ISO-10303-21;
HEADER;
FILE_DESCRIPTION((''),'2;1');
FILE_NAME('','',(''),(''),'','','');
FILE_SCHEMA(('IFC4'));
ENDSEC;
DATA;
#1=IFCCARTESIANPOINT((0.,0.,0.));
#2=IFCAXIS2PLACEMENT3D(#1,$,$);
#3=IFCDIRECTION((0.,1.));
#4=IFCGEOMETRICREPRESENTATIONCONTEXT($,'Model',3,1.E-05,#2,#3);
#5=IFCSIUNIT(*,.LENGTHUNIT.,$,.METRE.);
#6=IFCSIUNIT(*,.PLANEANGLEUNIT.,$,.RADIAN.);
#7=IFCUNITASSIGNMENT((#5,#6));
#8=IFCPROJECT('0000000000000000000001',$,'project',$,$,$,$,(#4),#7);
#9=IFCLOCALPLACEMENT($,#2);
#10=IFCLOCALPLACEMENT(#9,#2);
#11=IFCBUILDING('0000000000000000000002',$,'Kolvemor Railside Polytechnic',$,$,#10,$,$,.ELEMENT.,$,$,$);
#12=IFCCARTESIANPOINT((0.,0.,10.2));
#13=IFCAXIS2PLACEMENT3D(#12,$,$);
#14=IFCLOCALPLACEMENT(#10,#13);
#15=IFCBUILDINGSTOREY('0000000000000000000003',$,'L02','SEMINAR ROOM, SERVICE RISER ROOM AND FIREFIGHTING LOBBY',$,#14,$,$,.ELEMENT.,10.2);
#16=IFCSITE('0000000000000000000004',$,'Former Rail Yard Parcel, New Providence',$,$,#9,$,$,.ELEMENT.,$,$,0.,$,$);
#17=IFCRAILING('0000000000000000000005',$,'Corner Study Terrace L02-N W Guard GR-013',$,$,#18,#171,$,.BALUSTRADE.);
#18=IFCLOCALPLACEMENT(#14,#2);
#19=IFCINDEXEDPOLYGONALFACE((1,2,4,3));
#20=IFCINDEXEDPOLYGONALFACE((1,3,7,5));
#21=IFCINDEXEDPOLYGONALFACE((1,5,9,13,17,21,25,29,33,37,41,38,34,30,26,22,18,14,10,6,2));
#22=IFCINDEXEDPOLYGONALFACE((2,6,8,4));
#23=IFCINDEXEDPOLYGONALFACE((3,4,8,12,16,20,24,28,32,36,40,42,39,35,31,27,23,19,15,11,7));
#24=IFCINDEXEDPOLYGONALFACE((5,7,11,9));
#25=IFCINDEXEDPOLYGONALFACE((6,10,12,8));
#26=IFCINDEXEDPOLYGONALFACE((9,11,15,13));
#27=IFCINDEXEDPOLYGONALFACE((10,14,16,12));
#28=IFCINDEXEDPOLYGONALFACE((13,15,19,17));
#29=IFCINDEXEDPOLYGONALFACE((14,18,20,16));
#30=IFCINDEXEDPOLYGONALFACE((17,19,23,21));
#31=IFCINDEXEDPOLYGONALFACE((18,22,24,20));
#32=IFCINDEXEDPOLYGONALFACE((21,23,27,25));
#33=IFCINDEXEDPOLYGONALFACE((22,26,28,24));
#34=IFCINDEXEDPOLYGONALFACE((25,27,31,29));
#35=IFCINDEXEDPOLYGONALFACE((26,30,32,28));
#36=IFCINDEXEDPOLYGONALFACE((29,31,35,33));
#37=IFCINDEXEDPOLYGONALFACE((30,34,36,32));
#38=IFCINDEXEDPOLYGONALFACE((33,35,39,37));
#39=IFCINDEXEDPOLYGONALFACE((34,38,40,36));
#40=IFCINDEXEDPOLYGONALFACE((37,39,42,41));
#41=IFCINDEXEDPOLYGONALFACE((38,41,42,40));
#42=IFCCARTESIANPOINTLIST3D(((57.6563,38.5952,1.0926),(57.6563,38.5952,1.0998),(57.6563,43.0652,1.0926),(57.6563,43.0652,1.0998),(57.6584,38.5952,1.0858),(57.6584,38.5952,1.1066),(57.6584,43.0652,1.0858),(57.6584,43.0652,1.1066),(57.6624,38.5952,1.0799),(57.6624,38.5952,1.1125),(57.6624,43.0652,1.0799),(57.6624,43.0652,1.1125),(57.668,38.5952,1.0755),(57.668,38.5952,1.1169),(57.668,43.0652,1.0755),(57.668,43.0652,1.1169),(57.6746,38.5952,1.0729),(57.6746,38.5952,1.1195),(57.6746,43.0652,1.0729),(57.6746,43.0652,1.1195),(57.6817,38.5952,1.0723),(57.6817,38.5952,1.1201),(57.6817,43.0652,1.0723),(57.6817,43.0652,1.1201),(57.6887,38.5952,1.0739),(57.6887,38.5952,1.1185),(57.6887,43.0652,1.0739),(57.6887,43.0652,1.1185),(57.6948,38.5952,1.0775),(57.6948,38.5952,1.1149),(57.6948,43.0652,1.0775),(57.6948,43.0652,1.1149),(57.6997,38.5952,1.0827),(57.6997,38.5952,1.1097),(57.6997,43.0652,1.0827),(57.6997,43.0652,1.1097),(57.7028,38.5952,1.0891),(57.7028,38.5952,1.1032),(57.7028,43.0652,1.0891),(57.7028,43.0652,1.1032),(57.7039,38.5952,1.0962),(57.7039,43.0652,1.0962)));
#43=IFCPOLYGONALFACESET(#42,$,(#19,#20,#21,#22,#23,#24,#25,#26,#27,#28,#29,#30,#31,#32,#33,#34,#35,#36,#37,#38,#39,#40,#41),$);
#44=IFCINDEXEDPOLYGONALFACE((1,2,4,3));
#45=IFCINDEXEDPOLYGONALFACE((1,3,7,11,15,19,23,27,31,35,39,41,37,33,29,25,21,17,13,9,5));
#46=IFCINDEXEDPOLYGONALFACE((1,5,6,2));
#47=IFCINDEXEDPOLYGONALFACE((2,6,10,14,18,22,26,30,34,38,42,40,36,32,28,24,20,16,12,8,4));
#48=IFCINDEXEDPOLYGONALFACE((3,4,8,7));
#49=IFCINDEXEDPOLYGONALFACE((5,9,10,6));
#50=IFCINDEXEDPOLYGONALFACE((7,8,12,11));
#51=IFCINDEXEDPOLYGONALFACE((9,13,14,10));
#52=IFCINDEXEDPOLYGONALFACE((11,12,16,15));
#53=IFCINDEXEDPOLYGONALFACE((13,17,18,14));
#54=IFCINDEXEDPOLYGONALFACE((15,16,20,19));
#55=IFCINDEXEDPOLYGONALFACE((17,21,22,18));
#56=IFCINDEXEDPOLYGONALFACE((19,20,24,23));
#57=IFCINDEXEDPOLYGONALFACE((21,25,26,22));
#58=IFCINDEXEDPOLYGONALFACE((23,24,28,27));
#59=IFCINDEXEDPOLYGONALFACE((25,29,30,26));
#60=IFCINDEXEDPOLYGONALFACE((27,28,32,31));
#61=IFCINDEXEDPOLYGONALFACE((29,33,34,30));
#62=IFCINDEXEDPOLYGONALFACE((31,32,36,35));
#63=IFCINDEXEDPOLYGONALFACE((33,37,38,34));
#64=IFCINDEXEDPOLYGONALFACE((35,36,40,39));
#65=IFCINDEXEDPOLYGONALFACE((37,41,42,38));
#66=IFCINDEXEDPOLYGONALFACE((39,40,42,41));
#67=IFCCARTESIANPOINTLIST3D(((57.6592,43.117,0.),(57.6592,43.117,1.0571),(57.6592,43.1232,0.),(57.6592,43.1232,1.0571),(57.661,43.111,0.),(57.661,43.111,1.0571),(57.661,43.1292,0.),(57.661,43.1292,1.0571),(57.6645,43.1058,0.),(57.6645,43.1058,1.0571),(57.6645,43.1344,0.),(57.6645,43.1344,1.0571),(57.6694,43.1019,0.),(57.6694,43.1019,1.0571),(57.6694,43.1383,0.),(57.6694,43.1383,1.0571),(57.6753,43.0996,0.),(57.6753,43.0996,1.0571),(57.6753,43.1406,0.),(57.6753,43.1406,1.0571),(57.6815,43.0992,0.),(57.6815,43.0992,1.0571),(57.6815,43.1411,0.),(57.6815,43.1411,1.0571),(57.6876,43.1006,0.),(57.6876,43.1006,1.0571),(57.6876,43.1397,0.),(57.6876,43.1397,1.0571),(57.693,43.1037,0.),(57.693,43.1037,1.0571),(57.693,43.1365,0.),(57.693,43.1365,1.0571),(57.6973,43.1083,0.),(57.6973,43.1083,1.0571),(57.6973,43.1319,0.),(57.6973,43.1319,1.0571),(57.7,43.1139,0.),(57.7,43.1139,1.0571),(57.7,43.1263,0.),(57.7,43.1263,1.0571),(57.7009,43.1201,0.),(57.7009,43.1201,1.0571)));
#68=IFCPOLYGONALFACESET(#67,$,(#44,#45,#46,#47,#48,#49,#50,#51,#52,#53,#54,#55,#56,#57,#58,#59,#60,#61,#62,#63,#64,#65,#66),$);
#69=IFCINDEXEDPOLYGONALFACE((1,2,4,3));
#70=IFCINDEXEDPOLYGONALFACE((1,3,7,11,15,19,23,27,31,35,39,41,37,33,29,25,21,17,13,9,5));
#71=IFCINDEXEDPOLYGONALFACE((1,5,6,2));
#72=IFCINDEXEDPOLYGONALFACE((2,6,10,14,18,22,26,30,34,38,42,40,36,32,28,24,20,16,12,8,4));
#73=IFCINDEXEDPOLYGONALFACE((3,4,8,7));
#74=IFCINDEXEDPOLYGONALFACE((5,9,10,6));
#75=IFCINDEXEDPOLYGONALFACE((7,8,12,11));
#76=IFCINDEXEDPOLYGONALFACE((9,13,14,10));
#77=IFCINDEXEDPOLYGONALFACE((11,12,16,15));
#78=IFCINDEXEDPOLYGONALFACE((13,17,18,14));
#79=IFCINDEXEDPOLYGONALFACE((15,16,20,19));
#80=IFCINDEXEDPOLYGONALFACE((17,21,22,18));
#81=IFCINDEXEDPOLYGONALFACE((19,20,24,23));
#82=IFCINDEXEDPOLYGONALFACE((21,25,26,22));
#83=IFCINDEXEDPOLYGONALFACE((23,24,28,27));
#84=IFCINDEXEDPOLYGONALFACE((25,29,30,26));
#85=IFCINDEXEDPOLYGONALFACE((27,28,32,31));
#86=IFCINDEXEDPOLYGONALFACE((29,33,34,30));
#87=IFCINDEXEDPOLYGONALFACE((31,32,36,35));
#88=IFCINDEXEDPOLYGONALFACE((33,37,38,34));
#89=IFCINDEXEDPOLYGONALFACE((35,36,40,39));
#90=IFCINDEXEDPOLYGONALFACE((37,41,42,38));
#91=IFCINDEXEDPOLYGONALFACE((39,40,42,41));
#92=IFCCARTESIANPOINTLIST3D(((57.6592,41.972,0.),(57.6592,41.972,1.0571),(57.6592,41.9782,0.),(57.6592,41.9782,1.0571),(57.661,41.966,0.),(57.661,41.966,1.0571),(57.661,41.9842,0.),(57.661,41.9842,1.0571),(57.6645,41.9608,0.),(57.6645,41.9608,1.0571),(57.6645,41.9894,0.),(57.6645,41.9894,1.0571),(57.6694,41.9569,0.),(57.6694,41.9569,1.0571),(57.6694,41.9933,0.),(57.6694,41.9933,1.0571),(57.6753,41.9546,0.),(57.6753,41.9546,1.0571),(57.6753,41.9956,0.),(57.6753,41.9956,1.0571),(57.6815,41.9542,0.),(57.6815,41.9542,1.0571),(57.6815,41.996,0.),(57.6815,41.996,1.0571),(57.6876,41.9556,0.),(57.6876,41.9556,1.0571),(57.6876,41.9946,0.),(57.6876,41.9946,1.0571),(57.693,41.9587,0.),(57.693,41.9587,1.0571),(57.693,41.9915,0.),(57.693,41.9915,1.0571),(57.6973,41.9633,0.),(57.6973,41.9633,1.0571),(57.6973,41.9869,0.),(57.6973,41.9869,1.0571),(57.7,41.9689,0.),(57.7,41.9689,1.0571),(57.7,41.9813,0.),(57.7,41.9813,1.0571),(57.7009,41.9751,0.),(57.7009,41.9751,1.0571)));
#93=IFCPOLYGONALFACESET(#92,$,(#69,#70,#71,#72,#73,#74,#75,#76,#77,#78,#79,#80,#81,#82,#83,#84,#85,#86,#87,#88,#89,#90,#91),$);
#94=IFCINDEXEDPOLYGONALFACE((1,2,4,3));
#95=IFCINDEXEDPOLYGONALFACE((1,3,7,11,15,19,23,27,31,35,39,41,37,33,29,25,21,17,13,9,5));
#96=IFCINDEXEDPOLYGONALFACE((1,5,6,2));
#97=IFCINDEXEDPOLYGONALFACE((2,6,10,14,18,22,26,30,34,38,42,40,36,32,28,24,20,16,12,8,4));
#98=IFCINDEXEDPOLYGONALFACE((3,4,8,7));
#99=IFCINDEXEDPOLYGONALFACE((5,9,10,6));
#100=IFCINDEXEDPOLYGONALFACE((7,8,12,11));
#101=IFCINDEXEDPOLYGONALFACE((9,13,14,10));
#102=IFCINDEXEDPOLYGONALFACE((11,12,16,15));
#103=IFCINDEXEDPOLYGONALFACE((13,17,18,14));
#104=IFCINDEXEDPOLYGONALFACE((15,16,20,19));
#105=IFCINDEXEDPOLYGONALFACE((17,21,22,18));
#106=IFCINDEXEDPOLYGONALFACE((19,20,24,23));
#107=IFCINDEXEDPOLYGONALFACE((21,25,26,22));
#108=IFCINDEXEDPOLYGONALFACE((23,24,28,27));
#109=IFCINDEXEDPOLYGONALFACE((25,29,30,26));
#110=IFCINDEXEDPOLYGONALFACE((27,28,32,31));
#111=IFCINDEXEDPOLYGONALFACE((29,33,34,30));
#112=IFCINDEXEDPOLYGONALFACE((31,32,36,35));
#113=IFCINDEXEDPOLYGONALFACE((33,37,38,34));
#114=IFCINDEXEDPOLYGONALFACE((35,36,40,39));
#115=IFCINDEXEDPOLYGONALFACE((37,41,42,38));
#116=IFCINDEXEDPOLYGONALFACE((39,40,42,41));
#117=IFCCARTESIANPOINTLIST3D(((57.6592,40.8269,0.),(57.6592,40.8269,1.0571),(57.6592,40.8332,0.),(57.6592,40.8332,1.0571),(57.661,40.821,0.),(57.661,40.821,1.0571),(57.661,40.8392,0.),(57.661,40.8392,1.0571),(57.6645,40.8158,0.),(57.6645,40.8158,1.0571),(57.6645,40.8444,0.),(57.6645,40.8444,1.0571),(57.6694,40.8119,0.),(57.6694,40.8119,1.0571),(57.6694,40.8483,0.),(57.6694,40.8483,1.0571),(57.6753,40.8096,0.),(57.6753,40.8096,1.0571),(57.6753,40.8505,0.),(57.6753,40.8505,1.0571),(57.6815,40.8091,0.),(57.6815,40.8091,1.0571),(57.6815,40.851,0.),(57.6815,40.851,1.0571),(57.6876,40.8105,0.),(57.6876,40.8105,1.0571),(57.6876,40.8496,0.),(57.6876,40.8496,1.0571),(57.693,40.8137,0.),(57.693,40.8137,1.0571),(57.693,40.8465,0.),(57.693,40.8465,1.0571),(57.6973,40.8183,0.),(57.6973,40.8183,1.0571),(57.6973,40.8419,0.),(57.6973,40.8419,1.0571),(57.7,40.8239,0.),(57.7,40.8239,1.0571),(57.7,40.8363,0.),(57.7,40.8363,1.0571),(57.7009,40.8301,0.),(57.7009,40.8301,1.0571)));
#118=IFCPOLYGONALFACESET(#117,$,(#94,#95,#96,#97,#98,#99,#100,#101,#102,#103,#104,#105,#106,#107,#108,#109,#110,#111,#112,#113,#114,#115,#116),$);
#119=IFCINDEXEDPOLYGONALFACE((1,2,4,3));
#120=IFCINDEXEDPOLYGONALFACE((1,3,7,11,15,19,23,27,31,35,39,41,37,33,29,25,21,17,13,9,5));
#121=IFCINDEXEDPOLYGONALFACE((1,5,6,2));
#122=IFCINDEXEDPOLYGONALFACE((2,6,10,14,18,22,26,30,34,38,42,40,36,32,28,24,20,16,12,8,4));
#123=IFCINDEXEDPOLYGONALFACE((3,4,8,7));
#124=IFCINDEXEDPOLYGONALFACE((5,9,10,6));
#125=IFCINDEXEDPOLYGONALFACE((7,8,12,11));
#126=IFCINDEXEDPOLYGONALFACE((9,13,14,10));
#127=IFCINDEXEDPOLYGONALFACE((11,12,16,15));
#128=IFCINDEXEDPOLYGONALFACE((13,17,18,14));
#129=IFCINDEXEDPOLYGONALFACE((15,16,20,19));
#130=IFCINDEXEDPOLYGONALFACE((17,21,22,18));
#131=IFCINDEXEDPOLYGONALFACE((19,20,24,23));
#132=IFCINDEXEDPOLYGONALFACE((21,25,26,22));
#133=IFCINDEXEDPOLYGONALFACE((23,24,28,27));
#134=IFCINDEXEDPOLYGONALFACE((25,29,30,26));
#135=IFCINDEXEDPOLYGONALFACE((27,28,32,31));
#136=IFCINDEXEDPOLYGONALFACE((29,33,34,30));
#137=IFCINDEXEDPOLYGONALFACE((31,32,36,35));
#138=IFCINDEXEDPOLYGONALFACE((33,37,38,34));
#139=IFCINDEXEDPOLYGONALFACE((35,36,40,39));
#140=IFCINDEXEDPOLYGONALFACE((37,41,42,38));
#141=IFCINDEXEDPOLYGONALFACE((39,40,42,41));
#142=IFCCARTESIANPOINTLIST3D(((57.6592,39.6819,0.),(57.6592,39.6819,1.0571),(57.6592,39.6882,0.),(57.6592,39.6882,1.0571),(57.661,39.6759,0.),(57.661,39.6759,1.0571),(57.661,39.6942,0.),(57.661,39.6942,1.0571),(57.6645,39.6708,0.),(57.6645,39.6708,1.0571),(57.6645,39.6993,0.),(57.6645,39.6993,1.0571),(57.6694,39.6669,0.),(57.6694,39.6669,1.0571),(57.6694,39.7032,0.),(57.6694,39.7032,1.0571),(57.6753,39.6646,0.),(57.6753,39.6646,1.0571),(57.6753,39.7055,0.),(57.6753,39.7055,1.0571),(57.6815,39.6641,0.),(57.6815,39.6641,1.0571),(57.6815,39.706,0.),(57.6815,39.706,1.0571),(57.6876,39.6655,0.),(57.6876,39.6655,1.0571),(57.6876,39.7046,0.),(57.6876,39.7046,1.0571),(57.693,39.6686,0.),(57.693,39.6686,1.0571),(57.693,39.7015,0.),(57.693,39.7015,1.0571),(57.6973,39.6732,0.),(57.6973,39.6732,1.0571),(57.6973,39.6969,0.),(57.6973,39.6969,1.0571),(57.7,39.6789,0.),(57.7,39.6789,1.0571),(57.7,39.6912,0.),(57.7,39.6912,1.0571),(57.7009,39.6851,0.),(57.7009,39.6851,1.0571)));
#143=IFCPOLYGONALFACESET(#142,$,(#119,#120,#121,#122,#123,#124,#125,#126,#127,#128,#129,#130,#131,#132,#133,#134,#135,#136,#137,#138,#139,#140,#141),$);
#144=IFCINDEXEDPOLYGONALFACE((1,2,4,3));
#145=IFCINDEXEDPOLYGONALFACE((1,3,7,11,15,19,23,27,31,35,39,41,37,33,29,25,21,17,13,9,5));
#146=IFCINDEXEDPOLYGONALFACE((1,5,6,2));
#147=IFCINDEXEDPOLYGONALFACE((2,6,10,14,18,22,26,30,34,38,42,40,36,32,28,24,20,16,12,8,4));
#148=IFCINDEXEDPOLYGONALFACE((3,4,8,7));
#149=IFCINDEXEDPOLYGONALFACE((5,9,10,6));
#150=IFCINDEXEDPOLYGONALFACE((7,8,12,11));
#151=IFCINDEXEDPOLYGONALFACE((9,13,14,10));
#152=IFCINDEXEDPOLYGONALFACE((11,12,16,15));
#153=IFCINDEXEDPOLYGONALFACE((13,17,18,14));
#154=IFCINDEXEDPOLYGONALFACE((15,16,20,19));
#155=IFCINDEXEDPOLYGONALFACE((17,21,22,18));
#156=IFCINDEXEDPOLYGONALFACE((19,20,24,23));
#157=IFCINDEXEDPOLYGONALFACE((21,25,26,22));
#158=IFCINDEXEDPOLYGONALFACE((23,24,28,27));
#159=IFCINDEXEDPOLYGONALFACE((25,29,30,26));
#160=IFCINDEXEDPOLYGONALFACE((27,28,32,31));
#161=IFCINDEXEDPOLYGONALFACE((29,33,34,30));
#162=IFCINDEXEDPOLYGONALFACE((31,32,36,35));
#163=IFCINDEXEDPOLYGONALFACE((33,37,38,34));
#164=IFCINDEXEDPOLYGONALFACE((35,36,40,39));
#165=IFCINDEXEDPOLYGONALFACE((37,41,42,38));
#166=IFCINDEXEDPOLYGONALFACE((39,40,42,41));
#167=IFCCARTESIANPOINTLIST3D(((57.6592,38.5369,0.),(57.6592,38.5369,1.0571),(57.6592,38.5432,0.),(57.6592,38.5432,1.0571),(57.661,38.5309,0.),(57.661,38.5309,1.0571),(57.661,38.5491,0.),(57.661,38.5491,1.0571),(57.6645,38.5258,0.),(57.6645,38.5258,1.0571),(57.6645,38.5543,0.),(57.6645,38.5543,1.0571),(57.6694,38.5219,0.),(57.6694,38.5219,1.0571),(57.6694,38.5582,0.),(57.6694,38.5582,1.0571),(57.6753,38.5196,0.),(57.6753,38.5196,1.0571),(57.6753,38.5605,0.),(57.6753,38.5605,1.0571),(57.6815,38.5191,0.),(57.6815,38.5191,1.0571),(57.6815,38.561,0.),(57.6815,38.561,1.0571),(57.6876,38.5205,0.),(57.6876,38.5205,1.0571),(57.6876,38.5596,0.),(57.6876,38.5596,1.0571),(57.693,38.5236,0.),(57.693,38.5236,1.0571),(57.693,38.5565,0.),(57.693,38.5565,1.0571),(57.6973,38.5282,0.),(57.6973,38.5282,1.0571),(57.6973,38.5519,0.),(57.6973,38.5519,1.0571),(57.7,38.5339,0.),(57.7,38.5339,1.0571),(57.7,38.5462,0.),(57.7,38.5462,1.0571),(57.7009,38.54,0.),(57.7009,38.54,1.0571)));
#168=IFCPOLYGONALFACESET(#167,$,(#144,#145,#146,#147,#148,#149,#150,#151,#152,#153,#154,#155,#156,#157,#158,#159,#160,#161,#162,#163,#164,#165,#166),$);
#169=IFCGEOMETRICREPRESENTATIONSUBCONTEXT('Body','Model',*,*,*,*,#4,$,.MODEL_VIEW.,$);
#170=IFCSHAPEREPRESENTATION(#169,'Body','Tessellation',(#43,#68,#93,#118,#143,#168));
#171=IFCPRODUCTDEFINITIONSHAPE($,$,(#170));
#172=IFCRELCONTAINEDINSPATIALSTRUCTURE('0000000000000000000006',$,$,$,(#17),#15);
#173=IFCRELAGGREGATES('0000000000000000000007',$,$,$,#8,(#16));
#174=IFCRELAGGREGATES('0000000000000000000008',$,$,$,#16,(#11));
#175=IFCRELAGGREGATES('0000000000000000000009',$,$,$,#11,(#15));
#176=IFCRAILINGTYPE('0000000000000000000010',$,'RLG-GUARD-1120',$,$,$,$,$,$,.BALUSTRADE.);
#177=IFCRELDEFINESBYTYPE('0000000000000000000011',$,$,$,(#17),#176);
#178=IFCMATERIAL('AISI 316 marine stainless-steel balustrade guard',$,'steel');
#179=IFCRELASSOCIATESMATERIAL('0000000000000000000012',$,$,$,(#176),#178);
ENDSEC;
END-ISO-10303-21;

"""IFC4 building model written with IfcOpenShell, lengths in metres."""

from ifc_helpers import new_model, si_unit, direction, frame, origin, origin_2d, place, context, subcontext, project, spatial, circle, extrude, material, type_object, element, save


model = new_model("IFC4")

# Units and contexts
model_context = context("Model", 3, precision=1e-05, world=origin(), true_north=direction((0.0, 1.0)))
body_context = subcontext(model_context, "Body", "Model", "MODEL_VIEW")
ifc_project = project(units=[si_unit("LENGTHUNIT", "METRE"), si_unit("PLANEANGLEUNIT", "RADIAN")], contexts=[model_context])

# Site, building, storey
site_placement = place(None, origin())
site = spatial("IfcSite", under=ifc_project, at=site_placement, Name="Former Rail Yard Parcel, New Providence", CompositionType="ELEMENT", RefElevation=0.0)
building_placement = place(site_placement, origin())
building = spatial("IfcBuilding", under=site, at=building_placement, Name="Kolvemor Railside Polytechnic", CompositionType="ELEMENT")
storey_placement = place(building_placement, frame((0.0, 0.0, 10.2)))
storey = spatial("IfcBuildingStorey", under=building, at=storey_placement, Name="L02", Description="SEMINAR ROOM, SERVICE RISER ROOM AND FIREFIGHTING LOBBY", CompositionType="ELEMENT", Elevation=10.2)

# Railing
ifc_material_1 = material(Name="AISI 316 marine stainless-steel balustrade guard", Category="steel")
railing_type = type_object("IfcRailingType", Name="RLG-GUARD-1120", PredefinedType="BALUSTRADE", material=ifc_material_1)
railing_placement = place(storey_placement, frame((57.6799, 43.1201, 0.0)))
element("IfcRailing", 1, at=railing_placement, inside=storey, type_object=railing_type, Name="Corner Study Terrace L02-N W Guard GR-013", PredefinedType="BALUSTRADE", context=body_context, shape_type="SweptSolid", body=[
    extrude(circle(Radius=0.0239, at=origin_2d()), frame((0.0, -0.0549, 1.0962), z_axis=(0.0, -1.0, 0.0), x_axis=(1.0, 0.0, 0.0)), (0.0, 0.0, 1.0), 4.47),
    extrude(circle(Radius=0.021, at=origin_2d()), origin(), (0.0, 0.0, 1.0), 1.0571),
    extrude(circle(Radius=0.021, at=origin_2d()), frame((0.0, -1.145, 0.0)), (0.0, 0.0, 1.0), 1.0571),
    extrude(circle(Radius=0.021, at=origin_2d()), frame((0.0, -2.29, 0.0)), (0.0, 0.0, 1.0), 1.0571),
    extrude(circle(Radius=0.021, at=origin_2d()), frame((0.0, -3.4351, 0.0)), (0.0, 0.0, 1.0), 1.0571),
    extrude(circle(Radius=0.021, at=origin_2d()), frame((0.0, -4.5801, 0.0)), (0.0, 0.0, 1.0), 1.0571),
])

save(model, "model.ifc")
